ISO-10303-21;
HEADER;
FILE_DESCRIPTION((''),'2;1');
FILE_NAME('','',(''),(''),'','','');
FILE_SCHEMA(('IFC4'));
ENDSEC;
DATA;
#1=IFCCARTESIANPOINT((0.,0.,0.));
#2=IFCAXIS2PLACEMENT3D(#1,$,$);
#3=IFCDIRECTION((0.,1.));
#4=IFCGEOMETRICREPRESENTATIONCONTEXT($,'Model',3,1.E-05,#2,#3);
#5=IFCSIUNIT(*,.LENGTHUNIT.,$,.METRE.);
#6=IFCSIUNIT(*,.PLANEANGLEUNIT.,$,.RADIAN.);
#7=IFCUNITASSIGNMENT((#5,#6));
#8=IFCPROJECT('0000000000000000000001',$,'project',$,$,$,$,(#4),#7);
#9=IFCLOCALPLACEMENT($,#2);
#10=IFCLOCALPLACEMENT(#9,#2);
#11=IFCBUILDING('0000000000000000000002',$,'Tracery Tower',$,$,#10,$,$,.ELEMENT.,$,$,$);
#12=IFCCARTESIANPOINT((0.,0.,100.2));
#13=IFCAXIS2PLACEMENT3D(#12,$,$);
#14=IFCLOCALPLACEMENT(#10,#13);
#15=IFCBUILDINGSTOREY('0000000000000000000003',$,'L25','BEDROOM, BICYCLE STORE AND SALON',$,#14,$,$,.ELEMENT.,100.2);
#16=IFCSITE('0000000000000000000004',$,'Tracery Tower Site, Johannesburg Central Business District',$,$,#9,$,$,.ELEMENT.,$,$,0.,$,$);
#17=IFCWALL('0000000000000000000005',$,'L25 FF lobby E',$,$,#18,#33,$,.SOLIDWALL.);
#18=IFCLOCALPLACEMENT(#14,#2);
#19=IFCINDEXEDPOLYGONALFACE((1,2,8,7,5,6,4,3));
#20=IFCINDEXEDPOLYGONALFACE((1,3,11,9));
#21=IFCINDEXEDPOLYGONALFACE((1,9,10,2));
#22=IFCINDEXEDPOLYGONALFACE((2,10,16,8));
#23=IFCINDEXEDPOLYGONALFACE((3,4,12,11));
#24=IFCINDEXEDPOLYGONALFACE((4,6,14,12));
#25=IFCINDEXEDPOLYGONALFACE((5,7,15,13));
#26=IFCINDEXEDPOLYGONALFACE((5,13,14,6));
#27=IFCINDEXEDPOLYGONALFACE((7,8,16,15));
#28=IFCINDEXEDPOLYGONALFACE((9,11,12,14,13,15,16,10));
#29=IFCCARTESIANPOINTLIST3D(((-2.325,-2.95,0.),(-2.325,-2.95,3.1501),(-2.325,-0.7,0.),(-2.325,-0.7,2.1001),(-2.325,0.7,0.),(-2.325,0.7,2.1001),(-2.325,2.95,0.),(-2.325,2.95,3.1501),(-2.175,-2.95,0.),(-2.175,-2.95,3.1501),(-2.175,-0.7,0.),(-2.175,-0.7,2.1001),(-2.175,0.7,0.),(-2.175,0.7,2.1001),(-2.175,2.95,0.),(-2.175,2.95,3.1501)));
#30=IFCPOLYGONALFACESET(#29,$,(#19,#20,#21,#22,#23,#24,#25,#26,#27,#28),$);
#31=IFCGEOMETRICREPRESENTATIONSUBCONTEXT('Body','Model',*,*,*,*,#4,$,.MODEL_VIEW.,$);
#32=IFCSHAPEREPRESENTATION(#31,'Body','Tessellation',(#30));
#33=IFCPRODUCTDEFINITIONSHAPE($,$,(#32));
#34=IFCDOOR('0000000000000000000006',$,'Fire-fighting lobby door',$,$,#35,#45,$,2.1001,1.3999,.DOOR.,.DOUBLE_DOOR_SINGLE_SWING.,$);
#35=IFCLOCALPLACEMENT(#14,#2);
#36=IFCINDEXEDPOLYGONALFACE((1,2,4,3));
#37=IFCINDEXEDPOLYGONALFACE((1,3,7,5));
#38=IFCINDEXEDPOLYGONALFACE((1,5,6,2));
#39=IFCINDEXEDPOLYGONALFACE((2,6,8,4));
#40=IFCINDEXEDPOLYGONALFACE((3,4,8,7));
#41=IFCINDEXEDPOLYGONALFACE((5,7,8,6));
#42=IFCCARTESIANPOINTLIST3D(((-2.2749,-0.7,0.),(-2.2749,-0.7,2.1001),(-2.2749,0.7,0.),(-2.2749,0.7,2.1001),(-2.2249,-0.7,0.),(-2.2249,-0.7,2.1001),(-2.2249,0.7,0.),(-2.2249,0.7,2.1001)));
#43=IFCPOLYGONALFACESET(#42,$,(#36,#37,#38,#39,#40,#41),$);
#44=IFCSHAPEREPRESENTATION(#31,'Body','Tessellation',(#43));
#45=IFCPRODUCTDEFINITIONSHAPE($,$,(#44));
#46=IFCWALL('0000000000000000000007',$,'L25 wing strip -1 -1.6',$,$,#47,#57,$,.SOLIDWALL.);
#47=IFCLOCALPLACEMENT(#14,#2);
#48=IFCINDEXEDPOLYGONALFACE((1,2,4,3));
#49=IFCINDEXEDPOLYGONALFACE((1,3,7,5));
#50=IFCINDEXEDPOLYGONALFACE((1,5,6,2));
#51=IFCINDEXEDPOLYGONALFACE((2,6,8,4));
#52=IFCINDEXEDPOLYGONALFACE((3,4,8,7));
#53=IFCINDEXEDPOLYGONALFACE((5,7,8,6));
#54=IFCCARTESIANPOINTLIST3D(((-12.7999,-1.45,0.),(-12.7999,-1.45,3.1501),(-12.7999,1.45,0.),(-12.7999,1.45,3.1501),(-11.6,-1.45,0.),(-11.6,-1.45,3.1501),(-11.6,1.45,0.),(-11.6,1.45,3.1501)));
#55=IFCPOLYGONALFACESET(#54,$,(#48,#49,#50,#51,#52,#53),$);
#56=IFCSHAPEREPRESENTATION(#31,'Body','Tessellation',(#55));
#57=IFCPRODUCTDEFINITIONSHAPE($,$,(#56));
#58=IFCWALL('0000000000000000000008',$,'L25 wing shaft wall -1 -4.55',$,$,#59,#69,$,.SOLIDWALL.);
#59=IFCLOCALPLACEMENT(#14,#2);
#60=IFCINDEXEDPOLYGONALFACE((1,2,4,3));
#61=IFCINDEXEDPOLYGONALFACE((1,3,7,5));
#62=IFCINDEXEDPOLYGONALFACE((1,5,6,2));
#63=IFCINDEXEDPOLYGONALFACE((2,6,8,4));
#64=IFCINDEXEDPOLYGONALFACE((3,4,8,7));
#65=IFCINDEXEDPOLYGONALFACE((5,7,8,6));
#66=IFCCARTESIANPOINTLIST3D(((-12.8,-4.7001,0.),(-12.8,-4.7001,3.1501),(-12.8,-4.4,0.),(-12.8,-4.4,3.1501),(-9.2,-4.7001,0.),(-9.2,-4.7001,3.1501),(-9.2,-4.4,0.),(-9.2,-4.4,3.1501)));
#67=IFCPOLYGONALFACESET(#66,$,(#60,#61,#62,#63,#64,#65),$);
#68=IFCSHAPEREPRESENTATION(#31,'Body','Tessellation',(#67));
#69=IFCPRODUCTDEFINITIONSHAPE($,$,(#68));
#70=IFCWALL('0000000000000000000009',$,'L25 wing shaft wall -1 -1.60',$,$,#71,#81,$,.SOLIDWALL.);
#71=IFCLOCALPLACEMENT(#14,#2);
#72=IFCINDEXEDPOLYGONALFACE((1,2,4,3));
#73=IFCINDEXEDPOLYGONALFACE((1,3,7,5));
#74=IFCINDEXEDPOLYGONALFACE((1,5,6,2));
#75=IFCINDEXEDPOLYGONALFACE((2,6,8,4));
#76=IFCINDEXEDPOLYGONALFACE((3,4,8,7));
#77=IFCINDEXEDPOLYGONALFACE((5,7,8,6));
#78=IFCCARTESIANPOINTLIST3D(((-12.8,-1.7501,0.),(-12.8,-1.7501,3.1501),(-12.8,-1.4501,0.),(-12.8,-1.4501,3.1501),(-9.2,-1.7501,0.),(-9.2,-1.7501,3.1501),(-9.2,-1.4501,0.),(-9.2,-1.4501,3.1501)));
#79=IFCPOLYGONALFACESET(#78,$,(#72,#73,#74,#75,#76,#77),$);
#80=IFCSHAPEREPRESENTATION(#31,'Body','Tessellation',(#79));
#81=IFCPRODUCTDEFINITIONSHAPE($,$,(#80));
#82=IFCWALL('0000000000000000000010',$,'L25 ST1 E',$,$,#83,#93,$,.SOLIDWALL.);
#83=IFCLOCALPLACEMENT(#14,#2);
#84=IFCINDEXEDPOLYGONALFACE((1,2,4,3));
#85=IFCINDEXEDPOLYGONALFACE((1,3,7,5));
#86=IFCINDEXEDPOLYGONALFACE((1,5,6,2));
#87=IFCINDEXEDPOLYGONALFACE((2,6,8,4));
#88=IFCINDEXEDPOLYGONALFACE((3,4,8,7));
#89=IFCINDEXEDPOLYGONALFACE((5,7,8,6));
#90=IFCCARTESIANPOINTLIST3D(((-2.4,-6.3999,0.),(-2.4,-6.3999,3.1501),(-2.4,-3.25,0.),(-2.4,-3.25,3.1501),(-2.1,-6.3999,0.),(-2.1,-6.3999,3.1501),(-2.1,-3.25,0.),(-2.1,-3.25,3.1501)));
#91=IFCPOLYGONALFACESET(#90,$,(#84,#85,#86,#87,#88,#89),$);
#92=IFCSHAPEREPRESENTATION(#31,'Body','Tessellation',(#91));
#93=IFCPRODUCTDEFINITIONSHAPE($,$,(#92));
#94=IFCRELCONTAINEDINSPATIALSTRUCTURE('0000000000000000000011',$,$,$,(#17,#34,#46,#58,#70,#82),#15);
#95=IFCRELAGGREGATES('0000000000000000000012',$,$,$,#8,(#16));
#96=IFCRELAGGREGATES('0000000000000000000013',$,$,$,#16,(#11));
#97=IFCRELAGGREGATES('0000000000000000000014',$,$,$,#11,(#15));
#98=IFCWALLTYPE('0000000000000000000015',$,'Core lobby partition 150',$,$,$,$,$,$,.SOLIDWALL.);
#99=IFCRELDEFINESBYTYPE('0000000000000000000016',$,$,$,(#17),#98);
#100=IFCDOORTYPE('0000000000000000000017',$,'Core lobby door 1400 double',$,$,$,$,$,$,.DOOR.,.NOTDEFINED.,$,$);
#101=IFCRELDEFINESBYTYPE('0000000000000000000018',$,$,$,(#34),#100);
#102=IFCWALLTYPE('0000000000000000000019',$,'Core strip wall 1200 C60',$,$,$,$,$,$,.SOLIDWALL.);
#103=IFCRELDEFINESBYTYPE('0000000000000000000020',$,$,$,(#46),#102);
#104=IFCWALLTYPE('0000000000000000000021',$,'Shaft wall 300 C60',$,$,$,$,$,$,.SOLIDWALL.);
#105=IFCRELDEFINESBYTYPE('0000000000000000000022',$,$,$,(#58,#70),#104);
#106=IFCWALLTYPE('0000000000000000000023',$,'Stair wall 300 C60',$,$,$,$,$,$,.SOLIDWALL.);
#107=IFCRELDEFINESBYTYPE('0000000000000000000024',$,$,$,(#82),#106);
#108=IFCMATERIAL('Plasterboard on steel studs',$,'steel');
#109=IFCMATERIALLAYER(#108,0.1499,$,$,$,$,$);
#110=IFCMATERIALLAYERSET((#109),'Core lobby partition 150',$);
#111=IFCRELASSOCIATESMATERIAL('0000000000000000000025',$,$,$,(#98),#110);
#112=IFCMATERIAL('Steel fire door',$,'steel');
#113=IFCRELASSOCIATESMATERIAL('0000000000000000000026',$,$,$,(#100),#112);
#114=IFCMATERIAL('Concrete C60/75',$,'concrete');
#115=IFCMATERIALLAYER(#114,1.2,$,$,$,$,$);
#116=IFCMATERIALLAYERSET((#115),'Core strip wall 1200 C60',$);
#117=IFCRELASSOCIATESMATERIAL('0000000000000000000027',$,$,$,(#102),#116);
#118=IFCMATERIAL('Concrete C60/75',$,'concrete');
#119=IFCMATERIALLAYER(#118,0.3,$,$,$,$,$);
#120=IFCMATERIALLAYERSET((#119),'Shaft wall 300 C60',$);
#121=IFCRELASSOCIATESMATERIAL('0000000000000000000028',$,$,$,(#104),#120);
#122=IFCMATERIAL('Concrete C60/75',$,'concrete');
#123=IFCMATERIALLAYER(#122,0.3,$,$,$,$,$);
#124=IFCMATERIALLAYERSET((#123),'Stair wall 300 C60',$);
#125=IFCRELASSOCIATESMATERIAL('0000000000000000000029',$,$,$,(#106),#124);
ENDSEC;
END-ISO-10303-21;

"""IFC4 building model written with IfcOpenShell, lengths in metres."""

from ifc_helpers import new_model, si_unit, direction, frame, frame_2d, origin, place, context, subcontext, project, spatial, rectangle, extrude, material, layer, layer_set, type_object, element, fill, save


model = new_model("IFC4")

# Units and contexts
model_context = context("Model", 3, precision=1e-05, world=origin(), true_north=direction((0.0, 1.0)))
body_context = subcontext(model_context, "Body", "Model", "MODEL_VIEW")
ifc_project = project(units=[si_unit("LENGTHUNIT", "METRE"), si_unit("PLANEANGLEUNIT", "RADIAN")], contexts=[model_context])

# Site, building, storey
site_placement = place(None, origin())
site = spatial("IfcSite", under=ifc_project, at=site_placement, Name="Tracery Tower Site, Johannesburg Central Business District", CompositionType="ELEMENT", RefElevation=0.0)
building_placement = place(site_placement, origin())
building = spatial("IfcBuilding", under=site, at=building_placement, Name="Tracery Tower", CompositionType="ELEMENT")
storey_placement = place(building_placement, frame((0.0, 0.0, 100.2)))
storey = spatial("IfcBuildingStorey", under=building, at=storey_placement, Name="L25", Description="BEDROOM, BICYCLE STORE AND SALON", CompositionType="ELEMENT", Elevation=100.2)

# Wall, opening, door
ifc_material_1 = material(Name="Plasterboard on steel studs", Category="steel")
ifc_layer_1 = layer(ifc_material_1, 0.1499)
ifc_layer_set_1 = layer_set([ifc_layer_1], Name="Core lobby partition 150")
wall_type_1 = type_object("IfcWallType", Name="Core lobby partition 150", PredefinedType="SOLIDWALL", material=ifc_layer_set_1)
wall_1_placement = place(storey_placement, frame((-2.25, -2.95, 0.0), z_axis=(0.0, 0.0, 1.0), x_axis=(0.0, 1.0, 0.0)))
wall_1 = element("IfcWall", 1, at=wall_1_placement, inside=storey, type_object=wall_type_1, Name="L25 FF lobby E", PredefinedType="SOLIDWALL", context=body_context, shape_type="SweptSolid", body=[
    extrude(rectangle(XDim=5.8999, YDim=0.1499, at=frame_2d((2.95, 0.0))), origin(), (0.0, 0.0, 1.0), 3.1501),
])
opening_1_placement = place(wall_1_placement, frame((2.25, 0.0, 0.0)))
opening_1 = element("IfcOpeningElement", 2, at=opening_1_placement, cuts=wall_1, PredefinedType="OPENING", context=body_context, shape_type="SweptSolid", body=[
    extrude(rectangle(XDim=1.3999, YDim=2.1001, at=frame_2d((0.7, 1.05))), frame((0.0, 0.075, 0.0), z_axis=(0.0, -1.0, 0.0), x_axis=(1.0, 0.0, 0.0)), (0.0, 0.0, 1.0), 0.1499),
])
ifc_material_2 = material(Name="Steel fire door", Category="steel")
door_type_1 = type_object("IfcDoorType", Name="Core lobby door 1400 double", OperationType="NOTDEFINED", PredefinedType="DOOR", material=ifc_material_2)
door_1_placement = place(opening_1_placement, origin())
door_1 = element("IfcDoor", 3, at=door_1_placement, inside=storey, type_object=door_type_1, Name="Fire-fighting lobby door", OperationType="DOUBLE_DOOR_SINGLE_SWING", OverallHeight=2.1001, OverallWidth=1.3999, PredefinedType="DOOR", context=body_context, shape_type="SweptSolid", body=[
    extrude(rectangle(XDim=1.3999, YDim=2.1001, at=frame_2d((0.7, 1.05))), frame((0.0, 0.0249, 0.0), z_axis=(0.0, -1.0, 0.0), x_axis=(1.0, 0.0, 0.0)), (0.0, 0.0, 1.0), 0.05),
])
fill(opening_1, door_1)

# Wall
ifc_material_3 = material(Name="Concrete C60/75", Category="concrete")
ifc_layer_2 = layer(ifc_material_3, 1.2)
ifc_layer_set_2 = layer_set([ifc_layer_2], Name="Core strip wall 1200 C60")
wall_type_2 = type_object("IfcWallType", Name="Core strip wall 1200 C60", PredefinedType="SOLIDWALL", material=ifc_layer_set_2)
wall_2_placement = place(storey_placement, frame((-12.2, -1.45, 0.0), z_axis=(0.0, 0.0, 1.0), x_axis=(0.0, 1.0, 0.0)))
element("IfcWall", 4, at=wall_2_placement, inside=storey, type_object=wall_type_2, Name="L25 wing strip -1 -1.6", PredefinedType="SOLIDWALL", context=body_context, shape_type="SweptSolid", body=[
    extrude(rectangle(XDim=2.8999, YDim=1.2, at=frame_2d((1.45, 0.0))), origin(), (0.0, 0.0, 1.0), 3.1501),
])

# Shared definitions
ifc_material_4 = material(Name="Concrete C60/75", Category="concrete")
ifc_layer_3 = layer(ifc_material_4, 0.3)
ifc_layer_set_3 = layer_set([ifc_layer_3], Name="Shaft wall 300 C60")
wall_type_3 = type_object("IfcWallType", Name="Shaft wall 300 C60", PredefinedType="SOLIDWALL", material=ifc_layer_set_3)

# Walls
for number, where, z_axis, x_axis, name in (
    (5, (-12.8, -4.55, 0.0), (0.0, 0.0, 1.0), (1.0, 0.0, 0.0), "L25 wing shaft wall -1 -4.55"),
    (6, (-12.8, -1.6001, 0.0), (0.0, 0.0, 1.0), (1.0, 0.0, 0.0), "L25 wing shaft wall -1 -1.60"),
):
    element("IfcWall", number, at=place(storey_placement, frame(where, z_axis=z_axis, x_axis=x_axis)), inside=storey, type_object=wall_type_3, Name=name, PredefinedType="SOLIDWALL", context=body_context, shape_type="SweptSolid", body=[
        extrude(rectangle(XDim=3.6001, YDim=0.3, at=frame_2d((1.8, 0.0))), origin(), (0.0, 0.0, 1.0), 3.1501),
    ])

# Shared definitions
ifc_material_5 = material(Name="Concrete C60/75", Category="concrete")
ifc_layer_4 = layer(ifc_material_5, 0.3)
ifc_layer_set_4 = layer_set([ifc_layer_4], Name="Stair wall 300 C60")
wall_type_4 = type_object("IfcWallType", Name="Stair wall 300 C60", PredefinedType="SOLIDWALL", material=ifc_layer_set_4)

# Wall
wall_3_placement = place(storey_placement, frame((-2.25, -6.3999, 0.0), z_axis=(0.0, 0.0, 1.0), x_axis=(0.0, 1.0, 0.0)))
element("IfcWall", 7, at=wall_3_placement, inside=storey, type_object=wall_type_4, Name="L25 ST1 E", PredefinedType="SOLIDWALL", context=body_context, shape_type="SweptSolid", body=[
    extrude(rectangle(XDim=3.1499, YDim=0.3, at=frame_2d((1.575, 0.0))), origin(), (0.0, 0.0, 1.0), 3.1501),
])

save(model, "model.ifc")
